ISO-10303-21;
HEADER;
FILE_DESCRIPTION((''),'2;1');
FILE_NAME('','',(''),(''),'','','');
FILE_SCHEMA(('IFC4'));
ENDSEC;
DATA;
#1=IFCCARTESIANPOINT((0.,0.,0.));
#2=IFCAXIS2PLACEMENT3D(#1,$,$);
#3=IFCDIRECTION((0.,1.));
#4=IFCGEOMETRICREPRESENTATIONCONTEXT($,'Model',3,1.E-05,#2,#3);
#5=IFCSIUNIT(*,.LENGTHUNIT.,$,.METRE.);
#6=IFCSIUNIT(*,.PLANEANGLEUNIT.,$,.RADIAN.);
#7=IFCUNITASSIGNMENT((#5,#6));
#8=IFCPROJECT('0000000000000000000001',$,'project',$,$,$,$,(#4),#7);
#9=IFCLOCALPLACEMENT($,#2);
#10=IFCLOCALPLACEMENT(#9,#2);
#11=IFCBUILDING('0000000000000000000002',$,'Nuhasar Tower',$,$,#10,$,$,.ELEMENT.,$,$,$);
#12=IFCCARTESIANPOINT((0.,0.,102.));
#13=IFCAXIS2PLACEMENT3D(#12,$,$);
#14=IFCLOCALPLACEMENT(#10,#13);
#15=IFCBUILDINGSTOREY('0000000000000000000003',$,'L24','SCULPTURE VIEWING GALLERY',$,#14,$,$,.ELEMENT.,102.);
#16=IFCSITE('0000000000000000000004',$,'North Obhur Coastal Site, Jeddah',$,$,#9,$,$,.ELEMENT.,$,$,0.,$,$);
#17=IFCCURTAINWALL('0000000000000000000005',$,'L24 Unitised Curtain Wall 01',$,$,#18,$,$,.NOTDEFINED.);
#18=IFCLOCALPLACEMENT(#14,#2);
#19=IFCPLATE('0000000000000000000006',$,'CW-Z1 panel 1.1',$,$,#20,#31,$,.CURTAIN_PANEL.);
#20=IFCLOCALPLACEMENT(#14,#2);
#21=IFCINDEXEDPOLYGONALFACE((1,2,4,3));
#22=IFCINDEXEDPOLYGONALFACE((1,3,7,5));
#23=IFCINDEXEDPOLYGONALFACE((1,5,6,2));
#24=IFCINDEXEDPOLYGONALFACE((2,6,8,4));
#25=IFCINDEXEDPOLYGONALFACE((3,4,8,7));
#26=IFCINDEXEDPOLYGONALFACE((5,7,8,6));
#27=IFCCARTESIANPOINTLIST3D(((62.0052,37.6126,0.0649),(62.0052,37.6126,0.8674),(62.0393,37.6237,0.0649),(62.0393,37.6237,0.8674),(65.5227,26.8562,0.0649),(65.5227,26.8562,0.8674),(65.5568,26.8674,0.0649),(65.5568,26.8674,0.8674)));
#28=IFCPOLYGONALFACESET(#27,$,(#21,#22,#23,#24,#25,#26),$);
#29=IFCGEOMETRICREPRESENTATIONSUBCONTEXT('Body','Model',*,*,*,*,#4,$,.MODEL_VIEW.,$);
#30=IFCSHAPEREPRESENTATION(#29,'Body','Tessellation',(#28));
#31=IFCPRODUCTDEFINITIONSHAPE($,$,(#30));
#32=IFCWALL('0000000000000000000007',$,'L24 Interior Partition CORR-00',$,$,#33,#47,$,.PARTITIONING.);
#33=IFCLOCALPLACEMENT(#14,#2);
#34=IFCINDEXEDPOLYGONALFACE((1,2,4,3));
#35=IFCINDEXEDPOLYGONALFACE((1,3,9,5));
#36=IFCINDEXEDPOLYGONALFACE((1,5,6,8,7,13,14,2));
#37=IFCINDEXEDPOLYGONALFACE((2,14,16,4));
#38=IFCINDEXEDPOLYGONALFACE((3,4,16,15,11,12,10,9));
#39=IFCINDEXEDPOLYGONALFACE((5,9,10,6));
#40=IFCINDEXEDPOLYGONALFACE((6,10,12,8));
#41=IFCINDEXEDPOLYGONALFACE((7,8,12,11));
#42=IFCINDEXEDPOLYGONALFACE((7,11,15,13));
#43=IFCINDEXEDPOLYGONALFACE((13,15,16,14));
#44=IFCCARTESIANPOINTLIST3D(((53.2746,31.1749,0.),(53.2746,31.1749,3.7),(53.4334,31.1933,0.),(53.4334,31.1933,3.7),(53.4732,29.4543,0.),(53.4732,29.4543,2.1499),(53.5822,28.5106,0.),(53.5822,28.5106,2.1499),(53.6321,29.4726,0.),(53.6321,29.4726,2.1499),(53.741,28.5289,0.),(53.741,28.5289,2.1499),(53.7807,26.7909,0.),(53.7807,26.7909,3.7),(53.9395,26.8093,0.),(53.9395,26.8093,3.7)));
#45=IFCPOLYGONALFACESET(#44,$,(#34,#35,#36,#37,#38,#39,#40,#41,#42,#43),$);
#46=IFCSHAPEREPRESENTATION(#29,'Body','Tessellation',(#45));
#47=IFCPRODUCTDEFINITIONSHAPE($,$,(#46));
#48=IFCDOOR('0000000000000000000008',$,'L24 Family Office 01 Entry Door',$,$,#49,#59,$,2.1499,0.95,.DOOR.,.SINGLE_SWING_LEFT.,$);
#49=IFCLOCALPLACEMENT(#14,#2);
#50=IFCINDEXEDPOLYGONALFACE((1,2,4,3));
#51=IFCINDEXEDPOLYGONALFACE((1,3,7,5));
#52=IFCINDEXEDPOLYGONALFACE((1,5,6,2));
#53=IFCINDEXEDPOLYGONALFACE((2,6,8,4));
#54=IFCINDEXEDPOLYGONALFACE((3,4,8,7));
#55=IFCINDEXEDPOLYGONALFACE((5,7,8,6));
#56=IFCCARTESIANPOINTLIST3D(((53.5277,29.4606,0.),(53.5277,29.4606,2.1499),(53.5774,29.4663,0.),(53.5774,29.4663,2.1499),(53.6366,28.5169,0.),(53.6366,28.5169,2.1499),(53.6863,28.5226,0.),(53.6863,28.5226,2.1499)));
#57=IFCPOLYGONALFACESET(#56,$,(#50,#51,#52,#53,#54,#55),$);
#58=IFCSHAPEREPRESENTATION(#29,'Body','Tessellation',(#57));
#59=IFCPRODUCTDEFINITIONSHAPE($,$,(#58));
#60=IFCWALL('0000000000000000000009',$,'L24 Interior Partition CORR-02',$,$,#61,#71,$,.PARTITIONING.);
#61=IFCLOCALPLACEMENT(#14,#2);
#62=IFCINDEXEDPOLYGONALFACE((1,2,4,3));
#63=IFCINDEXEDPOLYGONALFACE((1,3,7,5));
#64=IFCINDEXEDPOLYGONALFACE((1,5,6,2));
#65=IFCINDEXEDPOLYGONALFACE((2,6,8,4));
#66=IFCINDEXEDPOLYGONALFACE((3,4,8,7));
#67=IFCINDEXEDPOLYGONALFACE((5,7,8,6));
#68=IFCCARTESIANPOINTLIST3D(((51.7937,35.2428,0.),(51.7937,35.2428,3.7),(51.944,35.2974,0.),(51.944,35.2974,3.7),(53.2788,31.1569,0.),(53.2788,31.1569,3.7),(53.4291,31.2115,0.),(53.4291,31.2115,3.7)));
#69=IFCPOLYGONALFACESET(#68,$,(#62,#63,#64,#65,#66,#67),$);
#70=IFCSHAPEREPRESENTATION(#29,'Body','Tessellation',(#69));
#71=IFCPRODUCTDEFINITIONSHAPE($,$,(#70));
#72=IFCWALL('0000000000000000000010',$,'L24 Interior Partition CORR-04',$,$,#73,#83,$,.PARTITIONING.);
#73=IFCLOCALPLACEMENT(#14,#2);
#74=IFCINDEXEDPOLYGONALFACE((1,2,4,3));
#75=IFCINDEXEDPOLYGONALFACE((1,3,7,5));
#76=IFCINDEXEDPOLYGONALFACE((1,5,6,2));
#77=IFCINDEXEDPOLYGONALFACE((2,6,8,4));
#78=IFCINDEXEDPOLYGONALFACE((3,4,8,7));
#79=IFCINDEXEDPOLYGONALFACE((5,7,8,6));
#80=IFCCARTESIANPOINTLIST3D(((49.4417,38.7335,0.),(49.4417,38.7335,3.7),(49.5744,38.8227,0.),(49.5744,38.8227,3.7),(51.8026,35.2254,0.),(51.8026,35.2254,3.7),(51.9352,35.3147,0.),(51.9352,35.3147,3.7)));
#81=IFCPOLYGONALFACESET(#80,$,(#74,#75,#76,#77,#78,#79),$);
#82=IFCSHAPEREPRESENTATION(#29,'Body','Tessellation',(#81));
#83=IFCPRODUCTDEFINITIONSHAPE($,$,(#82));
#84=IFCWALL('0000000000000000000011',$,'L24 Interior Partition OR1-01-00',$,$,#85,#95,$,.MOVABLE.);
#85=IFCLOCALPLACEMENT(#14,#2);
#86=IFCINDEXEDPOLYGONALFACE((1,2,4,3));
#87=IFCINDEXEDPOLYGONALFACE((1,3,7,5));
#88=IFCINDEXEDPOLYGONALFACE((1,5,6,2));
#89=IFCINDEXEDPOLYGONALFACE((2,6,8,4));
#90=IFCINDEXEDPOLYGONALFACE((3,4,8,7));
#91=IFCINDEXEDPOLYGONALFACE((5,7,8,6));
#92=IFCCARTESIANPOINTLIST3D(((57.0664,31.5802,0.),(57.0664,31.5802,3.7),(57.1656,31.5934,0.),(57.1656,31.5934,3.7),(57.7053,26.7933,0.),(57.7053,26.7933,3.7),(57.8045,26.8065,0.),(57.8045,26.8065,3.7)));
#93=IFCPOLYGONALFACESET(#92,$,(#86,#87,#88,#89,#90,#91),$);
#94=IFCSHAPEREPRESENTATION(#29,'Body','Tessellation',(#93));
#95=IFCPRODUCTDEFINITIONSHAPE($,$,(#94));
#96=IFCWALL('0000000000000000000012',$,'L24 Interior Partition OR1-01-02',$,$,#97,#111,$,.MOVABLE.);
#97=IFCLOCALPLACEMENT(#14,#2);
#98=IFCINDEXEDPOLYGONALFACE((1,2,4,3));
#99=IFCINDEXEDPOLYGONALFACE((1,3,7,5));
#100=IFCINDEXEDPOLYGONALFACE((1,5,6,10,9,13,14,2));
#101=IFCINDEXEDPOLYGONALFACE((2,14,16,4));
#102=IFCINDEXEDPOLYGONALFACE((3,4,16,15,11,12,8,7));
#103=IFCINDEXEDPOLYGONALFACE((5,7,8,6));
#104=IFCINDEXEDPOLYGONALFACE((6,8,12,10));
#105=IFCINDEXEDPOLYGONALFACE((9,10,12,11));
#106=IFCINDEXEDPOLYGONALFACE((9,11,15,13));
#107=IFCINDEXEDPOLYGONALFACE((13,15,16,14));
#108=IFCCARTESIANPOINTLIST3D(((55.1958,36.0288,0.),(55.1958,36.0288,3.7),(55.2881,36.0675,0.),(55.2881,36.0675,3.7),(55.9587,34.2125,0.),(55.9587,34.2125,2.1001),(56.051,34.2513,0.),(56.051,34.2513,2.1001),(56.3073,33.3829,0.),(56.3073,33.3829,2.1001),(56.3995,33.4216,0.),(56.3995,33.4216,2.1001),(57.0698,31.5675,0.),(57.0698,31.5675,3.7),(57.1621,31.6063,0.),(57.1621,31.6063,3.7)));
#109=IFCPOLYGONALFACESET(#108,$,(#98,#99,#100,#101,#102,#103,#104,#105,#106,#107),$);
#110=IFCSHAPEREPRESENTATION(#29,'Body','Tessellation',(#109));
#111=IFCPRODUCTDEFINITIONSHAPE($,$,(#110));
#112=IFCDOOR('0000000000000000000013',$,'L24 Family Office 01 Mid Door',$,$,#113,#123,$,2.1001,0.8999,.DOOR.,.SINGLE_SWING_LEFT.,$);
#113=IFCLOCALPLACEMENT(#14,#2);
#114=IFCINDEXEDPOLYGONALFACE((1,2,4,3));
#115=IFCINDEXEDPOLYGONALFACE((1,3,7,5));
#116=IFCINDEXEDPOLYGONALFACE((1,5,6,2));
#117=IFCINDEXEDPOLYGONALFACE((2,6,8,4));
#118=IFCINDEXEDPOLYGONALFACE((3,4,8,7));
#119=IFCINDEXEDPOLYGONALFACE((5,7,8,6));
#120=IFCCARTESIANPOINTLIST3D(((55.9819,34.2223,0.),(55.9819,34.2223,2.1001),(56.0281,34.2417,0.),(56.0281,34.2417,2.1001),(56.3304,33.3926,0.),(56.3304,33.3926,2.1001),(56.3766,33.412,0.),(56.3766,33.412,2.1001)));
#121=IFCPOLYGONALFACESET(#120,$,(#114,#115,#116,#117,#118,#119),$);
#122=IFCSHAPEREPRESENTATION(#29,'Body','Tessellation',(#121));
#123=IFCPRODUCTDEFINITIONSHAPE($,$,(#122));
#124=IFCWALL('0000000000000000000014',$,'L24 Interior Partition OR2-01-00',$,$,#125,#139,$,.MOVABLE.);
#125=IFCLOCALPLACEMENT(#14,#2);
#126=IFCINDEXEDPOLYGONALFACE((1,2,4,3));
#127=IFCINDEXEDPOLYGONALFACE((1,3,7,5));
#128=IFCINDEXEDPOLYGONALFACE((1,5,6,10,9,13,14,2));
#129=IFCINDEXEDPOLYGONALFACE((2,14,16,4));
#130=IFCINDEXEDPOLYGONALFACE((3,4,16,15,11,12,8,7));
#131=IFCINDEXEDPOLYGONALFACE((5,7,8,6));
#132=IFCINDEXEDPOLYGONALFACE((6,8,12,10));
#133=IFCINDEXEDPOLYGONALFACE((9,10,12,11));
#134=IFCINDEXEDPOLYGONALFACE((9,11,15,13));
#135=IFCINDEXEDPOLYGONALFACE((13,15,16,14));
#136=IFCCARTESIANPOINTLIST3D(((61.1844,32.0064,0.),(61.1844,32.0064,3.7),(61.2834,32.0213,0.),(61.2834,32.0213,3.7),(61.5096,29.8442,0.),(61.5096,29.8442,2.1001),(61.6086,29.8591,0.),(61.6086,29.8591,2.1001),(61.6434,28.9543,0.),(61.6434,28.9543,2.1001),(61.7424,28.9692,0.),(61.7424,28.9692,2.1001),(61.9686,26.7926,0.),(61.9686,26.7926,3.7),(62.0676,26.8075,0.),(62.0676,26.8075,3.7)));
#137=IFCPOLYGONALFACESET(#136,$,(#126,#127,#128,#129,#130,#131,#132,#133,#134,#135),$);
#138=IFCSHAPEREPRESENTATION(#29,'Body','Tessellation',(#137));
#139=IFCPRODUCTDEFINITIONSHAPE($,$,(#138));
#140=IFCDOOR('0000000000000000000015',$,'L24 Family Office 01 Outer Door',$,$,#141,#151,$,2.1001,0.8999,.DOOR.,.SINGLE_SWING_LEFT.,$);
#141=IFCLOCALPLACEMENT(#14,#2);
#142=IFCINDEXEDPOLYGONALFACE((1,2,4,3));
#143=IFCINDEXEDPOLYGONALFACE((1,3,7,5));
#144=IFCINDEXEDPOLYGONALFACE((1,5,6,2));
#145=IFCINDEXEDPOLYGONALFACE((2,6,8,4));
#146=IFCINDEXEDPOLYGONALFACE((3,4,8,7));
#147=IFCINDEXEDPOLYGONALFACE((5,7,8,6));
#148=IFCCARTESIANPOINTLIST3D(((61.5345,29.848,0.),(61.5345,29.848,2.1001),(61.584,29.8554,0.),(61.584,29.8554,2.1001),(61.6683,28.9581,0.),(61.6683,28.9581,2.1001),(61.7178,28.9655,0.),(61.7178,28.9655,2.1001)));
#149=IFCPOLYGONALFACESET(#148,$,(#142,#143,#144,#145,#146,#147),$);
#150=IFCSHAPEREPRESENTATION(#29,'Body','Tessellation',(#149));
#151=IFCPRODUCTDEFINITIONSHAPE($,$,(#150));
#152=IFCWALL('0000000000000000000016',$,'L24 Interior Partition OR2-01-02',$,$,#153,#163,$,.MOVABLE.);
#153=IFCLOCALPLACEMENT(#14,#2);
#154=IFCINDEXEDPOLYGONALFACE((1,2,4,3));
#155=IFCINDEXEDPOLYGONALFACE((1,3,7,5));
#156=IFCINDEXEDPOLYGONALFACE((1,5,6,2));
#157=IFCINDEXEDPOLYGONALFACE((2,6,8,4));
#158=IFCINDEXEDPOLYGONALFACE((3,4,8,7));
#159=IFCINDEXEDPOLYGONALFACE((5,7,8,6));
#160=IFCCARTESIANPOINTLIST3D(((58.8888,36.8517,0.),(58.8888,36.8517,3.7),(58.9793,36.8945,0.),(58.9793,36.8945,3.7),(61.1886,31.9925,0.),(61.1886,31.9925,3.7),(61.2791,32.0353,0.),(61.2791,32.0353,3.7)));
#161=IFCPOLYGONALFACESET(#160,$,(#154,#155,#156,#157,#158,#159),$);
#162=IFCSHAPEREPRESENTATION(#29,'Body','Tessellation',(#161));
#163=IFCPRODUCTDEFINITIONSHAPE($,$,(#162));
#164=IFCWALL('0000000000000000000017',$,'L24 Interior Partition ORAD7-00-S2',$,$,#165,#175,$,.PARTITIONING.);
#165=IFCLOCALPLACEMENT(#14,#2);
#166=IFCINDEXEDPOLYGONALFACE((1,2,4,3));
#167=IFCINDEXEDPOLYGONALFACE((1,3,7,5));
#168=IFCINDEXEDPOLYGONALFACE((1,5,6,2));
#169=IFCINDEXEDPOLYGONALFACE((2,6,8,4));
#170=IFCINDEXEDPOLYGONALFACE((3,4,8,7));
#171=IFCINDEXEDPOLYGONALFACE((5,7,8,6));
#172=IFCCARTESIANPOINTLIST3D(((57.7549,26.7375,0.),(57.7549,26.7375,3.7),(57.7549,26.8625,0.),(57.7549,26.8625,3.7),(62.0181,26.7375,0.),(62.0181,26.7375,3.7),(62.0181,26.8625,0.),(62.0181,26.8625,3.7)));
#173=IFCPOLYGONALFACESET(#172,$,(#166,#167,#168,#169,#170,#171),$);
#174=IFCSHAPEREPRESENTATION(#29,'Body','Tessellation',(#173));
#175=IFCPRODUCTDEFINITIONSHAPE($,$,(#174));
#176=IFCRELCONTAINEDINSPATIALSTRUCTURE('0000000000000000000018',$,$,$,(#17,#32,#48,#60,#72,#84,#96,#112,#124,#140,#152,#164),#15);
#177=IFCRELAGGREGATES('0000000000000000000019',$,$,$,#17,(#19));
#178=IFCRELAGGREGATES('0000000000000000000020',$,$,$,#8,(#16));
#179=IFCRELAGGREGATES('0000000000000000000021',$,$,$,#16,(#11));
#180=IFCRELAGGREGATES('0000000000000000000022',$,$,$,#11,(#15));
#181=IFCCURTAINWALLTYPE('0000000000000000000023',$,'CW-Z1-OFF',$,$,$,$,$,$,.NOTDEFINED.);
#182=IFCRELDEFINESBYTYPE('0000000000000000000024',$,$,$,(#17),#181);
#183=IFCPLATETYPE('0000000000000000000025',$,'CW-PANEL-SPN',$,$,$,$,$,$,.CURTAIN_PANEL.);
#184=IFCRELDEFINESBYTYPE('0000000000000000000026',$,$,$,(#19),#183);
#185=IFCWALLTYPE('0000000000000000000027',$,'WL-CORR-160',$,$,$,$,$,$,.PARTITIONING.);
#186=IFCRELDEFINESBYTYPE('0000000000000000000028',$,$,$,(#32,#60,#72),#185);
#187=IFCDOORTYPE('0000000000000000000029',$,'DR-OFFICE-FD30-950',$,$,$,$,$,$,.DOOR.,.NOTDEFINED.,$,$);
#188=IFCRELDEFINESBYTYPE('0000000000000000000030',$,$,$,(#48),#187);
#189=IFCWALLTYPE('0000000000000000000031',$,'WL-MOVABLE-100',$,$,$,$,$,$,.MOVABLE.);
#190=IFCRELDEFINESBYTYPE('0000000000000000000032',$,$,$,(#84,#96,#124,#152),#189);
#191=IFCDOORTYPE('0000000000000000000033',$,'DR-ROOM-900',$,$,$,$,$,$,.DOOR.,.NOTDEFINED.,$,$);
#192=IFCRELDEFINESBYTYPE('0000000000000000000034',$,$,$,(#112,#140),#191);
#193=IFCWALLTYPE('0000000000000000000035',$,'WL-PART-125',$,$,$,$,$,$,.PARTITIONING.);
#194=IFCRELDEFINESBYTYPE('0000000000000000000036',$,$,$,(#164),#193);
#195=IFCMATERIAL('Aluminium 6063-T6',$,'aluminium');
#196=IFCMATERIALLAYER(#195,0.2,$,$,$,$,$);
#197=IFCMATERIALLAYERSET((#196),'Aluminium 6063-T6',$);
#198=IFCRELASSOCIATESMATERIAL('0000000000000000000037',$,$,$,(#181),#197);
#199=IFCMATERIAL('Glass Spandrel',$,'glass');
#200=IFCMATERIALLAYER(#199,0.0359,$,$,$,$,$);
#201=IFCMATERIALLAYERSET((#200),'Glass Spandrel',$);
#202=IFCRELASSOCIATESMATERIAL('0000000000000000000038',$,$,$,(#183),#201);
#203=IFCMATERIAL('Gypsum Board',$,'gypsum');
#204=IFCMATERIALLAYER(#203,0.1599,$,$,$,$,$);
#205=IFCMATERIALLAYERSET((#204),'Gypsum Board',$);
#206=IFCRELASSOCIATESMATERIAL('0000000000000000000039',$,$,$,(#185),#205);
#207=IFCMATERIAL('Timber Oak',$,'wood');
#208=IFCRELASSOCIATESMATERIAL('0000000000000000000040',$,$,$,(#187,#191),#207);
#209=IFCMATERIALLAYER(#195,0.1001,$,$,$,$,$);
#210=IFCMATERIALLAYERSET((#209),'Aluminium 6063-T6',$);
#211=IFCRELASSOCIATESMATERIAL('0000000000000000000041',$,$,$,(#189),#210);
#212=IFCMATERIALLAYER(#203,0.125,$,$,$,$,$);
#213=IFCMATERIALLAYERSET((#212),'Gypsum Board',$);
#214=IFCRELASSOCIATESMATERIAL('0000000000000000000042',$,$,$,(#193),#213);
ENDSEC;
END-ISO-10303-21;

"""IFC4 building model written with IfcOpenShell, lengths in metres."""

from ifc_helpers import new_model, si_unit, direction, frame, frame_2d, origin, origin_2d, place, context, subcontext, project, spatial, rectangle, extrude, material, layer, layer_set, type_object, element, fill, aggregate, save


model = new_model("IFC4")

# Units and contexts
model_context = context("Model", 3, precision=1e-05, world=origin(), true_north=direction((0.0, 1.0)))
body_context = subcontext(model_context, "Body", "Model", "MODEL_VIEW")
ifc_project = project(units=[si_unit("LENGTHUNIT", "METRE"), si_unit("PLANEANGLEUNIT", "RADIAN")], contexts=[model_context])

# Site, building, storey
site_placement = place(None, origin())
site = spatial("IfcSite", under=ifc_project, at=site_placement, Name="North Obhur Coastal Site, Jeddah", CompositionType="ELEMENT", RefElevation=0.0)
building_placement = place(site_placement, origin())
building = spatial("IfcBuilding", under=site, at=building_placement, Name="Nuhasar Tower", CompositionType="ELEMENT")
storey_placement = place(building_placement, frame((0.0, 0.0, 102.0)))
storey = spatial("IfcBuildingStorey", under=building, at=storey_placement, Name="L24", Description="SCULPTURE VIEWING GALLERY", CompositionType="ELEMENT", Elevation=102.0)

# Curtain wall
ifc_material_1 = material(Name="Aluminium 6063-T6", Category="aluminium")
ifc_layer_1 = layer(ifc_material_1, 0.2)
ifc_layer_set_1 = layer_set([ifc_layer_1], Name="Aluminium 6063-T6")
curtain_wall_type = type_object("IfcCurtainWallType", Name="CW-Z1-OFF", PredefinedType="NOTDEFINED", material=ifc_layer_set_1)
curtain_wall_placement = place(storey_placement, origin())
curtain_wall = element("IfcCurtainWall", 1, at=curtain_wall_placement, inside=storey, type_object=curtain_wall_type, Name="L24 Unitised Curtain Wall 01", PredefinedType="NOTDEFINED")

# Plate
ifc_material_2 = material(Name="Glass Spandrel", Category="glass")
ifc_layer_2 = layer(ifc_material_2, 0.0359)
ifc_layer_set_2 = layer_set([ifc_layer_2], Name="Glass Spandrel")
plate_type_1 = type_object("IfcPlateType", Name="CW-PANEL-SPN", PredefinedType="CURTAIN_PANEL", material=ifc_layer_set_2)
plate_1_placement = place(storey_placement, frame((63.781, 32.24, 0.0649), z_axis=(0.0, 0.0, 1.0), x_axis=(-0.310824, 0.950468, 0.0)))
plate_1 = element("IfcPlate", 2, at=plate_1_placement, type_object=plate_type_1, Name="CW-Z1 panel 1.1", PredefinedType="CURTAIN_PANEL", context=body_context, shape_type="SweptSolid", body=[
    extrude(rectangle(XDim=11.3169, YDim=0.0359, at=origin_2d()), origin(), (0.0, 0.0, 1.0), 0.8025),
])
aggregate(curtain_wall, [plate_1])

# Wall, opening, door
ifc_material_3 = material(Name="Gypsum Board", Category="gypsum")
ifc_layer_3 = layer(ifc_material_3, 0.1599)
ifc_layer_set_3 = layer_set([ifc_layer_3], Name="Gypsum Board")
wall_type_1 = type_object("IfcWallType", Name="WL-CORR-160", PredefinedType="PARTITIONING", material=ifc_layer_set_3)
wall_1_placement = place(storey_placement, frame((53.354, 31.1841, 0.0), z_axis=(0.0, 0.0, 1.0), x_axis=(0.114681, -0.993402, 0.0)))
wall_1 = element("IfcWall", 3, at=wall_1_placement, inside=storey, type_object=wall_type_1, Name="L24 Interior Partition CORR-00", PredefinedType="PARTITIONING", context=body_context, shape_type="SweptSolid", body=[
    extrude(rectangle(XDim=4.4131, YDim=0.1599, at=frame_2d((2.2065, 0.0))), origin(), (0.0, 0.0, 1.0), 3.7),
])
opening_1_placement = place(wall_1_placement, frame((1.7319, 0.0, 0.0)))
opening_1 = element("IfcOpeningElement", 4, at=opening_1_placement, cuts=wall_1, PredefinedType="OPENING", context=body_context, shape_type="SweptSolid", body=[
    extrude(rectangle(XDim=0.95, YDim=2.1499, at=frame_2d((0.4751, 1.075))), frame((0.0, 0.0898, 0.0), z_axis=(0.0, -1.0, 0.0), x_axis=(1.0, 0.0, 0.0)), (0.0, 0.0, 1.0), 0.1799),
])
ifc_material_4 = material(Name="Timber Oak", Category="wood")
door_type_1 = type_object("IfcDoorType", Name="DR-OFFICE-FD30-950", OperationType="NOTDEFINED", PredefinedType="DOOR", material=ifc_material_4)
door_1_placement = place(opening_1_placement, origin())
door_1 = element("IfcDoor", 5, at=door_1_placement, inside=storey, type_object=door_type_1, Name="L24 Family Office 01 Entry Door", OperationType="SINGLE_SWING_LEFT", OverallHeight=2.1499, OverallWidth=0.95, PredefinedType="DOOR", context=body_context, shape_type="SweptSolid", body=[
    extrude(rectangle(XDim=0.95, YDim=2.1499, at=frame_2d((0.4751, 1.075))), frame((0.0, 0.0249, 0.0), z_axis=(0.0, -1.0, 0.0), x_axis=(1.0, 0.0, 0.0)), (0.0, 0.0, 1.0), 0.05),
])
fill(opening_1, door_1)

# Walls
wall_2_placement = place(storey_placement, frame((53.354, 31.1841, 0.0), z_axis=(0.0, 0.0, 1.0), x_axis=(-0.341603, 0.939844, 0.0)))
element("IfcWall", 6, at=wall_2_placement, inside=storey, type_object=wall_type_1, Name="L24 Interior Partition CORR-02", PredefinedType="PARTITIONING", context=body_context, shape_type="SweptSolid", body=[
    extrude(rectangle(XDim=4.3474, YDim=0.1599, at=frame_2d((2.1738, 0.0))), origin(), (0.0, 0.0, 1.0), 3.7),
])
wall_3_placement = place(storey_placement, frame((51.8689, 35.27, 0.0), z_axis=(0.0, 0.0, 1.0), x_axis=(-0.558319, 0.829626, 0.0)))
element("IfcWall", 7, at=wall_3_placement, inside=storey, type_object=wall_type_1, Name="L24 Interior Partition CORR-04", PredefinedType="PARTITIONING", context=body_context, shape_type="SweptSolid", body=[
    extrude(rectangle(XDim=4.2285, YDim=0.1599, at=frame_2d((2.1143, 0.0))), origin(), (0.0, 0.0, 1.0), 3.7),
])
ifc_layer_4 = layer(ifc_material_1, 0.1001)
ifc_layer_set_4 = layer_set([ifc_layer_4], Name="Aluminium 6063-T6")
wall_type_2 = type_object("IfcWallType", Name="WL-MOVABLE-100", PredefinedType="MOVABLE", material=ifc_layer_set_4)
wall_4_placement = place(storey_placement, frame((57.7549, 26.8, 0.0), z_axis=(0.0, 0.0, 1.0), x_axis=(-0.132299, 0.99121, 0.0)))
element("IfcWall", 8, at=wall_4_placement, inside=storey, type_object=wall_type_2, Name="L24 Interior Partition OR1-01-00", PredefinedType="MOVABLE", context=body_context, shape_type="SweptSolid", body=[
    extrude(rectangle(XDim=4.8293, YDim=0.1001, at=frame_2d((2.4146, 0.0))), origin(), (0.0, 0.0, 1.0), 3.7),
])

# Walls, openings, doors
wall_5_placement = place(storey_placement, frame((57.116, 31.5869, 0.0), z_axis=(0.0, 0.0, 1.0), x_axis=(-0.38729, 0.921958, 0.0)))
wall_5 = element("IfcWall", 9, at=wall_5_placement, inside=storey, type_object=wall_type_2, Name="L24 Interior Partition OR1-01-02", PredefinedType="MOVABLE", context=body_context, shape_type="SweptSolid", body=[
    extrude(rectangle(XDim=4.8389, YDim=0.1001, at=frame_2d((2.4194, 0.0))), origin(), (0.0, 0.0, 1.0), 3.7),
])
opening_2_placement = place(wall_5_placement, frame((1.969, 0.0, 0.0)))
opening_2 = element("IfcOpeningElement", 10, at=opening_2_placement, cuts=wall_5, PredefinedType="OPENING", context=body_context, shape_type="SweptSolid", body=[
    extrude(rectangle(XDim=0.8999, YDim=2.1001, at=frame_2d((0.45, 1.05))), frame((0.0, 0.0601, 0.0), z_axis=(0.0, -1.0, 0.0), x_axis=(1.0, 0.0, 0.0)), (0.0, 0.0, 1.0), 0.1201),
])
door_type_2 = type_object("IfcDoorType", Name="DR-ROOM-900", OperationType="NOTDEFINED", PredefinedType="DOOR", material=ifc_material_4)
door_2_placement = place(opening_2_placement, origin())
door_2 = element("IfcDoor", 11, at=door_2_placement, inside=storey, type_object=door_type_2, Name="L24 Family Office 01 Mid Door", OperationType="SINGLE_SWING_LEFT", OverallHeight=2.1001, OverallWidth=0.8999, PredefinedType="DOOR", context=body_context, shape_type="SweptSolid", body=[
    extrude(rectangle(XDim=0.8999, YDim=2.1001, at=frame_2d((0.45, 1.05))), frame((0.0, 0.0249, 0.0), z_axis=(0.0, -1.0, 0.0), x_axis=(1.0, 0.0, 0.0)), (0.0, 0.0, 1.0), 0.05),
])
fill(opening_2, door_2)
wall_6_placement = place(storey_placement, frame((62.0181, 26.8, 0.0), z_axis=(0.0, 0.0, 1.0), x_axis=(-0.14873, 0.988878, 0.0)))
wall_6 = element("IfcWall", 12, at=wall_6_placement, inside=storey, type_object=wall_type_2, Name="L24 Interior Partition OR2-01-00", PredefinedType="MOVABLE", context=body_context, shape_type="SweptSolid", body=[
    extrude(rectangle(XDim=5.2725, YDim=0.1001, at=frame_2d((2.6362, 0.0))), origin(), (0.0, 0.0, 1.0), 3.7),
])
opening_3_placement = place(wall_6_placement, frame((2.186, 0.0, 0.0)))
opening_3 = element("IfcOpeningElement", 13, at=opening_3_placement, cuts=wall_6, PredefinedType="OPENING", context=body_context, shape_type="SweptSolid", body=[
    extrude(rectangle(XDim=0.8999, YDim=2.1001, at=frame_2d((0.45, 1.05))), frame((0.0, 0.0601, 0.0), z_axis=(0.0, -1.0, 0.0), x_axis=(1.0, 0.0, 0.0)), (0.0, 0.0, 1.0), 0.1201),
])
door_3_placement = place(opening_3_placement, origin())
door_3 = element("IfcDoor", 14, at=door_3_placement, inside=storey, type_object=door_type_2, Name="L24 Family Office 01 Outer Door", OperationType="SINGLE_SWING_LEFT", OverallHeight=2.1001, OverallWidth=0.8999, PredefinedType="DOOR", context=body_context, shape_type="SweptSolid", body=[
    extrude(rectangle(XDim=0.8999, YDim=2.1001, at=frame_2d((0.45, 1.05))), frame((0.0, 0.0249, 0.0), z_axis=(0.0, -1.0, 0.0), x_axis=(1.0, 0.0, 0.0)), (0.0, 0.0, 1.0), 0.05),
])
fill(opening_3, door_3)

# Walls
wall_7_placement = place(storey_placement, frame((61.2339, 32.0139, 0.0), z_axis=(0.0, 0.0, 1.0), x_axis=(-0.427799, 0.903874, 0.0)))
element("IfcWall", 15, at=wall_7_placement, inside=storey, type_object=wall_type_2, Name="L24 Interior Partition OR2-01-02", PredefinedType="MOVABLE", context=body_context, shape_type="SweptSolid", body=[
    extrude(rectangle(XDim=5.376, YDim=0.1001, at=frame_2d((2.688, 0.0))), origin(), (0.0, 0.0, 1.0), 3.7),
])
ifc_layer_5 = layer(ifc_material_3, 0.125)
ifc_layer_set_5 = layer_set([ifc_layer_5], Name="Gypsum Board")
wall_type_3 = type_object("IfcWallType", Name="WL-PART-125", PredefinedType="PARTITIONING", material=ifc_layer_set_5)
wall_8_placement = place(storey_placement, frame((57.7549, 26.8, 0.0), z_axis=(0.0, 0.0, 1.0), x_axis=(1.0, 0.0, 0.0)))
element("IfcWall", 16, at=wall_8_placement, inside=storey, type_object=wall_type_3, Name="L24 Interior Partition ORAD7-00-S2", PredefinedType="PARTITIONING", context=body_context, shape_type="SweptSolid", body=[
    extrude(rectangle(XDim=4.2632, YDim=0.125, at=frame_2d((2.1316, 0.0))), origin(), (0.0, 0.0, 1.0), 3.7),
])

save(model, "model.ifc")
